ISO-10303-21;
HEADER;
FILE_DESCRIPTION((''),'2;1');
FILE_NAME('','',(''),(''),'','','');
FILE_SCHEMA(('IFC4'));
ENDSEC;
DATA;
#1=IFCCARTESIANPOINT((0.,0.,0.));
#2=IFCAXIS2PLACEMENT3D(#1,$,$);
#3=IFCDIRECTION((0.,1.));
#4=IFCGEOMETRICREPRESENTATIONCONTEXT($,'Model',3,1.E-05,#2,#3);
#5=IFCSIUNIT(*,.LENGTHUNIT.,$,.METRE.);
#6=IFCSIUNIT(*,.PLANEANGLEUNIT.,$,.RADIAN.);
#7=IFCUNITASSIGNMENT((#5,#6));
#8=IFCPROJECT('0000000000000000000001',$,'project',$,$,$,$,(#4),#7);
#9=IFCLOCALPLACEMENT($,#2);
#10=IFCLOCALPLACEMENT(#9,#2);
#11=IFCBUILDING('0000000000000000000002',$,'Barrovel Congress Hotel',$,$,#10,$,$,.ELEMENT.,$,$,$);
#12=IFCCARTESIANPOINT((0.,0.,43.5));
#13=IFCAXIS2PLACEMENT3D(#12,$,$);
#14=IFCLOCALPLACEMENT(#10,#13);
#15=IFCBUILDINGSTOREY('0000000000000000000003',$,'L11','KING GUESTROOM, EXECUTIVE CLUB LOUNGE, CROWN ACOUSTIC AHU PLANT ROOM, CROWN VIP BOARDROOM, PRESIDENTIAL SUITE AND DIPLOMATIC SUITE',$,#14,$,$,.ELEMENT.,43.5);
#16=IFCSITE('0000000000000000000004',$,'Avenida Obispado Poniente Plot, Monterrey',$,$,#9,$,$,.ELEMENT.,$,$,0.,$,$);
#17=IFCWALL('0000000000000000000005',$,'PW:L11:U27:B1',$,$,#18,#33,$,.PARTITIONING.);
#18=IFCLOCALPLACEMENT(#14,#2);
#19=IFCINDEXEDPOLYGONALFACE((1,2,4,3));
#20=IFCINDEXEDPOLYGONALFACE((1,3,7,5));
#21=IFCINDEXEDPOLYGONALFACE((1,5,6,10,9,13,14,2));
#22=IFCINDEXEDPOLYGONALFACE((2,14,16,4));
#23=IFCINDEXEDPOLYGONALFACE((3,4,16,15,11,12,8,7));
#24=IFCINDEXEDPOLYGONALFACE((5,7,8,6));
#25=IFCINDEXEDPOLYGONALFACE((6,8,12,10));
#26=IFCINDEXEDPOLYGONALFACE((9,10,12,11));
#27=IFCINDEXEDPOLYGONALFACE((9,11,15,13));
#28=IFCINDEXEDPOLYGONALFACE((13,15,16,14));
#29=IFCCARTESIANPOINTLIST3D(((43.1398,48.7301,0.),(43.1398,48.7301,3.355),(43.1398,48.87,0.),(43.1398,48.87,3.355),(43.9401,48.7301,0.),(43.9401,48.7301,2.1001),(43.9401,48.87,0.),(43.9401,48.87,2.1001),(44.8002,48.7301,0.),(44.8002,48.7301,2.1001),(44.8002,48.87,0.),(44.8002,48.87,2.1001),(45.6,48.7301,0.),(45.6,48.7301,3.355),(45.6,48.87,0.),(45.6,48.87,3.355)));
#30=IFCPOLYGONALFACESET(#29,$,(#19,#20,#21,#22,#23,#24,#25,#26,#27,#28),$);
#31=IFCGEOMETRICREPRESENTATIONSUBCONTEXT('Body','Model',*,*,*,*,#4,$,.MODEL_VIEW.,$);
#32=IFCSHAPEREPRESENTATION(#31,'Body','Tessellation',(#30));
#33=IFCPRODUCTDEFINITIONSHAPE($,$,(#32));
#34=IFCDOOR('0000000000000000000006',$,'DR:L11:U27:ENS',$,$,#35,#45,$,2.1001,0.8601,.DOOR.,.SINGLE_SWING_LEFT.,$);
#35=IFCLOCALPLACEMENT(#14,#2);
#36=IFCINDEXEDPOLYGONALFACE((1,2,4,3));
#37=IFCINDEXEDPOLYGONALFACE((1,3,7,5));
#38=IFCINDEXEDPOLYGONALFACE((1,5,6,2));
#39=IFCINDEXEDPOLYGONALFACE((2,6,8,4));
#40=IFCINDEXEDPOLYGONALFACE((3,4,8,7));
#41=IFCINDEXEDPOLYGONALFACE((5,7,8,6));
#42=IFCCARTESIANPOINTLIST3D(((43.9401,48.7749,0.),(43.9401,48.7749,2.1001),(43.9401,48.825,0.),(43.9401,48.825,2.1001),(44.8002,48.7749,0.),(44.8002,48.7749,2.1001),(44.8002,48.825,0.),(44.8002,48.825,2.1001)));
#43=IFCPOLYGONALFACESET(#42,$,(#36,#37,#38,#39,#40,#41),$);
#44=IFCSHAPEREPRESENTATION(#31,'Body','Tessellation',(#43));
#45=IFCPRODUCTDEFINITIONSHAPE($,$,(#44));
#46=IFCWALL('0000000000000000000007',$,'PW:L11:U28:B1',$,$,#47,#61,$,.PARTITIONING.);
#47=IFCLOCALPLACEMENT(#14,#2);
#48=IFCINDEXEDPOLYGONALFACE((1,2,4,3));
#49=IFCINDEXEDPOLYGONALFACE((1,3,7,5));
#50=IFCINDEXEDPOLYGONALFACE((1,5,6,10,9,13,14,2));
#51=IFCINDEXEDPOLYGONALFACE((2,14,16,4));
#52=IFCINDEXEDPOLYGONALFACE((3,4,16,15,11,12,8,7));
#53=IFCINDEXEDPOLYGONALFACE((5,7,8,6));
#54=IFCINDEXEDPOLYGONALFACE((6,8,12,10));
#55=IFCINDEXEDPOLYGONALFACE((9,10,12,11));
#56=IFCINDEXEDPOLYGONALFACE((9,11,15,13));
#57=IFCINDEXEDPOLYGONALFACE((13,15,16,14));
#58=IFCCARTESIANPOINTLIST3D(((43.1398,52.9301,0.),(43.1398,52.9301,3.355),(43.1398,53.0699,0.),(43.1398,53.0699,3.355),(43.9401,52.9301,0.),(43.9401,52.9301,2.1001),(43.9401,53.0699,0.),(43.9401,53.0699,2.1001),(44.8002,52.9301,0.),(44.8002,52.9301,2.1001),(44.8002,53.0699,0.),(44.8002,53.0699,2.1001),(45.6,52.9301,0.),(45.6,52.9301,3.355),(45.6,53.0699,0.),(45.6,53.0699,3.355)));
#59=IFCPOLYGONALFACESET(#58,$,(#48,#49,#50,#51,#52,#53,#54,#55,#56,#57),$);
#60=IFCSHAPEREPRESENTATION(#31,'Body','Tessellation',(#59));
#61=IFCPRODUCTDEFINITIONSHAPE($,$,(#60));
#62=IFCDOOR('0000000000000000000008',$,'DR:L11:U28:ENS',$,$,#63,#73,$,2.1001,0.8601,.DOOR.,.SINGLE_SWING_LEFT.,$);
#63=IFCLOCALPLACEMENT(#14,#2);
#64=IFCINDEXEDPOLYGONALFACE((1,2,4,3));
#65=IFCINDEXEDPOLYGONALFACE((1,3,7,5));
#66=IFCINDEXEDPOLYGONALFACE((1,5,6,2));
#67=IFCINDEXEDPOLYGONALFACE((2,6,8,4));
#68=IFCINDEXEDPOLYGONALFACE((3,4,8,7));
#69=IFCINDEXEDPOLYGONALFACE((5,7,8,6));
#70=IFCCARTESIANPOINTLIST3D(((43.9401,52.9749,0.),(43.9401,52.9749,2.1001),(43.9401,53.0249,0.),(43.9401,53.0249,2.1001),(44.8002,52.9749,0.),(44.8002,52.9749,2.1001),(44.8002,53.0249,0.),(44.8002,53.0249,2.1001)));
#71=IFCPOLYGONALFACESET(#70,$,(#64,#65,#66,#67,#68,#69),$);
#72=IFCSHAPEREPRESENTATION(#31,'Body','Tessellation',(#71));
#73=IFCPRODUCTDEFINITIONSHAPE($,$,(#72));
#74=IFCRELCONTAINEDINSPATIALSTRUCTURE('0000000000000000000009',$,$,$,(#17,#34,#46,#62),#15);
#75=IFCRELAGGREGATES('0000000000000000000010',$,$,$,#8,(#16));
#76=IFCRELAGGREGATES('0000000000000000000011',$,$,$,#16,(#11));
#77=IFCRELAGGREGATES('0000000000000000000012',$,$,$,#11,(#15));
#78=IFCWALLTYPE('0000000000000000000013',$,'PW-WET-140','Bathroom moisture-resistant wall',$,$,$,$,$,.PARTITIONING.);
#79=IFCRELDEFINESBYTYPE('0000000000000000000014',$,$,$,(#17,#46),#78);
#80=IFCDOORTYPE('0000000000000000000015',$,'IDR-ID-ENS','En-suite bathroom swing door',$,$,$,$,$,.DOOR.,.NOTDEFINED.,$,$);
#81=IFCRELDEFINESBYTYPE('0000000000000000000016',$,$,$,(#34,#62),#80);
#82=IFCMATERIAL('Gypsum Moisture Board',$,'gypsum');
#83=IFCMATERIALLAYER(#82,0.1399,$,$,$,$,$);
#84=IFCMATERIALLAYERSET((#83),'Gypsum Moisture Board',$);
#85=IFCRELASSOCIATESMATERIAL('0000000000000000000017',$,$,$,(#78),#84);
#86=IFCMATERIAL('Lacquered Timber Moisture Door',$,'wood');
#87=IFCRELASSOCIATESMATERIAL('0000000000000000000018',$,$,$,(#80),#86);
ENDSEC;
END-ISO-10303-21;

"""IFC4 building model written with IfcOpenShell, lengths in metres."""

from ifc_helpers import new_model, si_unit, direction, frame, frame_2d, origin, place, context, subcontext, project, spatial, rectangle, extrude, material, layer, layer_set, type_object, element, fill, save


model = new_model("IFC4")

# Units and contexts
model_context = context("Model", 3, precision=1e-05, world=origin(), true_north=direction((0.0, 1.0)))
body_context = subcontext(model_context, "Body", "Model", "MODEL_VIEW")
ifc_project = project(units=[si_unit("LENGTHUNIT", "METRE"), si_unit("PLANEANGLEUNIT", "RADIAN")], contexts=[model_context])

# Site, building, storey
site_placement = place(None, origin())
site = spatial("IfcSite", under=ifc_project, at=site_placement, Name="Avenida Obispado Poniente Plot, Monterrey", CompositionType="ELEMENT", RefElevation=0.0)
building_placement = place(site_placement, origin())
building = spatial("IfcBuilding", under=site, at=building_placement, Name="Barrovel Congress Hotel", CompositionType="ELEMENT")
storey_placement = place(building_placement, frame((0.0, 0.0, 43.5)))
storey = spatial("IfcBuildingStorey", under=building, at=storey_placement, Name="L11", Description="KING GUESTROOM, EXECUTIVE CLUB LOUNGE, CROWN ACOUSTIC AHU PLANT ROOM, CROWN VIP BOARDROOM, PRESIDENTIAL SUITE AND DIPLOMATIC SUITE", CompositionType="ELEMENT", Elevation=43.5)

# Walls, openings, doors
ifc_material_1 = material(Name="Gypsum Moisture Board", Category="gypsum")
ifc_layer_1 = layer(ifc_material_1, 0.1399)
ifc_layer_set_1 = layer_set([ifc_layer_1], Name="Gypsum Moisture Board")
wall_type_1 = type_object("IfcWallType", Name="PW-WET-140", Description="Bathroom moisture-resistant wall", PredefinedType="PARTITIONING", material=ifc_layer_set_1)
wall_1_placement = place(storey_placement, frame((43.1399, 48.8, 0.0), z_axis=(0.0, 0.0, 1.0), x_axis=(1.0, 0.0, 0.0)))
wall_1 = element("IfcWall", 1, at=wall_1_placement, inside=storey, type_object=wall_type_1, Name="PW:L11:U27:B1", PredefinedType="PARTITIONING", context=body_context, shape_type="SweptSolid", body=[
    extrude(rectangle(XDim=2.4602, YDim=0.1399, at=frame_2d((1.23, 0.0))), origin(), (0.0, 0.0, 1.0), 3.355),
])
opening_1_placement = place(wall_1_placement, frame((0.8, 0.0, 0.0)))
opening_1 = element("IfcOpeningElement", 2, at=opening_1_placement, cuts=wall_1, PredefinedType="OPENING", context=body_context, shape_type="SweptSolid", body=[
    extrude(rectangle(XDim=0.8601, YDim=2.1001, at=frame_2d((0.4302, 1.05))), frame((0.0, 0.0801, 0.0), z_axis=(0.0, -1.0, 0.0), x_axis=(1.0, 0.0, 0.0)), (0.0, 0.0, 1.0), 0.1599),
])
ifc_material_2 = material(Name="Lacquered Timber Moisture Door", Category="wood")
door_type_1 = type_object("IfcDoorType", Name="IDR-ID-ENS", Description="En-suite bathroom swing door", OperationType="NOTDEFINED", PredefinedType="DOOR", material=ifc_material_2)
door_1_placement = place(opening_1_placement, origin())
door_1 = element("IfcDoor", 3, at=door_1_placement, inside=storey, type_object=door_type_1, Name="DR:L11:U27:ENS", OperationType="SINGLE_SWING_LEFT", OverallHeight=2.1001, OverallWidth=0.8601, PredefinedType="DOOR", context=body_context, shape_type="SweptSolid", body=[
    extrude(rectangle(XDim=0.8601, YDim=2.1001, at=frame_2d((0.4302, 1.05))), frame((0.0, 0.0249, 0.0), z_axis=(0.0, -1.0, 0.0), x_axis=(1.0, 0.0, 0.0)), (0.0, 0.0, 1.0), 0.05),
])
fill(opening_1, door_1)
wall_2_placement = place(storey_placement, frame((43.1399, 53.0, 0.0), z_axis=(0.0, 0.0, 1.0), x_axis=(1.0, 0.0, 0.0)))
wall_2 = element("IfcWall", 4, at=wall_2_placement, inside=storey, type_object=wall_type_1, Name="PW:L11:U28:B1", PredefinedType="PARTITIONING", context=body_context, shape_type="SweptSolid", body=[
    extrude(rectangle(XDim=2.4602, YDim=0.1399, at=frame_2d((1.23, 0.0))), origin(), (0.0, 0.0, 1.0), 3.355),
])
opening_2_placement = place(wall_2_placement, frame((0.8, 0.0, 0.0)))
opening_2 = element("IfcOpeningElement", 5, at=opening_2_placement, cuts=wall_2, PredefinedType="OPENING", context=body_context, shape_type="SweptSolid", body=[
    extrude(rectangle(XDim=0.8601, YDim=2.1001, at=frame_2d((0.4302, 1.05))), frame((0.0, 0.0801, 0.0), z_axis=(0.0, -1.0, 0.0), x_axis=(1.0, 0.0, 0.0)), (0.0, 0.0, 1.0), 0.1599),
])
door_2_placement = place(opening_2_placement, origin())
door_2 = element("IfcDoor", 6, at=door_2_placement, inside=storey, type_object=door_type_1, Name="DR:L11:U28:ENS", OperationType="SINGLE_SWING_LEFT", OverallHeight=2.1001, OverallWidth=0.8601, PredefinedType="DOOR", context=body_context, shape_type="SweptSolid", body=[
    extrude(rectangle(XDim=0.8601, YDim=2.1001, at=frame_2d((0.4302, 1.05))), frame((0.0, 0.0249, 0.0), z_axis=(0.0, -1.0, 0.0), x_axis=(1.0, 0.0, 0.0)), (0.0, 0.0, 1.0), 0.05),
])
fill(opening_2, door_2)

save(model, "model.ifc")
